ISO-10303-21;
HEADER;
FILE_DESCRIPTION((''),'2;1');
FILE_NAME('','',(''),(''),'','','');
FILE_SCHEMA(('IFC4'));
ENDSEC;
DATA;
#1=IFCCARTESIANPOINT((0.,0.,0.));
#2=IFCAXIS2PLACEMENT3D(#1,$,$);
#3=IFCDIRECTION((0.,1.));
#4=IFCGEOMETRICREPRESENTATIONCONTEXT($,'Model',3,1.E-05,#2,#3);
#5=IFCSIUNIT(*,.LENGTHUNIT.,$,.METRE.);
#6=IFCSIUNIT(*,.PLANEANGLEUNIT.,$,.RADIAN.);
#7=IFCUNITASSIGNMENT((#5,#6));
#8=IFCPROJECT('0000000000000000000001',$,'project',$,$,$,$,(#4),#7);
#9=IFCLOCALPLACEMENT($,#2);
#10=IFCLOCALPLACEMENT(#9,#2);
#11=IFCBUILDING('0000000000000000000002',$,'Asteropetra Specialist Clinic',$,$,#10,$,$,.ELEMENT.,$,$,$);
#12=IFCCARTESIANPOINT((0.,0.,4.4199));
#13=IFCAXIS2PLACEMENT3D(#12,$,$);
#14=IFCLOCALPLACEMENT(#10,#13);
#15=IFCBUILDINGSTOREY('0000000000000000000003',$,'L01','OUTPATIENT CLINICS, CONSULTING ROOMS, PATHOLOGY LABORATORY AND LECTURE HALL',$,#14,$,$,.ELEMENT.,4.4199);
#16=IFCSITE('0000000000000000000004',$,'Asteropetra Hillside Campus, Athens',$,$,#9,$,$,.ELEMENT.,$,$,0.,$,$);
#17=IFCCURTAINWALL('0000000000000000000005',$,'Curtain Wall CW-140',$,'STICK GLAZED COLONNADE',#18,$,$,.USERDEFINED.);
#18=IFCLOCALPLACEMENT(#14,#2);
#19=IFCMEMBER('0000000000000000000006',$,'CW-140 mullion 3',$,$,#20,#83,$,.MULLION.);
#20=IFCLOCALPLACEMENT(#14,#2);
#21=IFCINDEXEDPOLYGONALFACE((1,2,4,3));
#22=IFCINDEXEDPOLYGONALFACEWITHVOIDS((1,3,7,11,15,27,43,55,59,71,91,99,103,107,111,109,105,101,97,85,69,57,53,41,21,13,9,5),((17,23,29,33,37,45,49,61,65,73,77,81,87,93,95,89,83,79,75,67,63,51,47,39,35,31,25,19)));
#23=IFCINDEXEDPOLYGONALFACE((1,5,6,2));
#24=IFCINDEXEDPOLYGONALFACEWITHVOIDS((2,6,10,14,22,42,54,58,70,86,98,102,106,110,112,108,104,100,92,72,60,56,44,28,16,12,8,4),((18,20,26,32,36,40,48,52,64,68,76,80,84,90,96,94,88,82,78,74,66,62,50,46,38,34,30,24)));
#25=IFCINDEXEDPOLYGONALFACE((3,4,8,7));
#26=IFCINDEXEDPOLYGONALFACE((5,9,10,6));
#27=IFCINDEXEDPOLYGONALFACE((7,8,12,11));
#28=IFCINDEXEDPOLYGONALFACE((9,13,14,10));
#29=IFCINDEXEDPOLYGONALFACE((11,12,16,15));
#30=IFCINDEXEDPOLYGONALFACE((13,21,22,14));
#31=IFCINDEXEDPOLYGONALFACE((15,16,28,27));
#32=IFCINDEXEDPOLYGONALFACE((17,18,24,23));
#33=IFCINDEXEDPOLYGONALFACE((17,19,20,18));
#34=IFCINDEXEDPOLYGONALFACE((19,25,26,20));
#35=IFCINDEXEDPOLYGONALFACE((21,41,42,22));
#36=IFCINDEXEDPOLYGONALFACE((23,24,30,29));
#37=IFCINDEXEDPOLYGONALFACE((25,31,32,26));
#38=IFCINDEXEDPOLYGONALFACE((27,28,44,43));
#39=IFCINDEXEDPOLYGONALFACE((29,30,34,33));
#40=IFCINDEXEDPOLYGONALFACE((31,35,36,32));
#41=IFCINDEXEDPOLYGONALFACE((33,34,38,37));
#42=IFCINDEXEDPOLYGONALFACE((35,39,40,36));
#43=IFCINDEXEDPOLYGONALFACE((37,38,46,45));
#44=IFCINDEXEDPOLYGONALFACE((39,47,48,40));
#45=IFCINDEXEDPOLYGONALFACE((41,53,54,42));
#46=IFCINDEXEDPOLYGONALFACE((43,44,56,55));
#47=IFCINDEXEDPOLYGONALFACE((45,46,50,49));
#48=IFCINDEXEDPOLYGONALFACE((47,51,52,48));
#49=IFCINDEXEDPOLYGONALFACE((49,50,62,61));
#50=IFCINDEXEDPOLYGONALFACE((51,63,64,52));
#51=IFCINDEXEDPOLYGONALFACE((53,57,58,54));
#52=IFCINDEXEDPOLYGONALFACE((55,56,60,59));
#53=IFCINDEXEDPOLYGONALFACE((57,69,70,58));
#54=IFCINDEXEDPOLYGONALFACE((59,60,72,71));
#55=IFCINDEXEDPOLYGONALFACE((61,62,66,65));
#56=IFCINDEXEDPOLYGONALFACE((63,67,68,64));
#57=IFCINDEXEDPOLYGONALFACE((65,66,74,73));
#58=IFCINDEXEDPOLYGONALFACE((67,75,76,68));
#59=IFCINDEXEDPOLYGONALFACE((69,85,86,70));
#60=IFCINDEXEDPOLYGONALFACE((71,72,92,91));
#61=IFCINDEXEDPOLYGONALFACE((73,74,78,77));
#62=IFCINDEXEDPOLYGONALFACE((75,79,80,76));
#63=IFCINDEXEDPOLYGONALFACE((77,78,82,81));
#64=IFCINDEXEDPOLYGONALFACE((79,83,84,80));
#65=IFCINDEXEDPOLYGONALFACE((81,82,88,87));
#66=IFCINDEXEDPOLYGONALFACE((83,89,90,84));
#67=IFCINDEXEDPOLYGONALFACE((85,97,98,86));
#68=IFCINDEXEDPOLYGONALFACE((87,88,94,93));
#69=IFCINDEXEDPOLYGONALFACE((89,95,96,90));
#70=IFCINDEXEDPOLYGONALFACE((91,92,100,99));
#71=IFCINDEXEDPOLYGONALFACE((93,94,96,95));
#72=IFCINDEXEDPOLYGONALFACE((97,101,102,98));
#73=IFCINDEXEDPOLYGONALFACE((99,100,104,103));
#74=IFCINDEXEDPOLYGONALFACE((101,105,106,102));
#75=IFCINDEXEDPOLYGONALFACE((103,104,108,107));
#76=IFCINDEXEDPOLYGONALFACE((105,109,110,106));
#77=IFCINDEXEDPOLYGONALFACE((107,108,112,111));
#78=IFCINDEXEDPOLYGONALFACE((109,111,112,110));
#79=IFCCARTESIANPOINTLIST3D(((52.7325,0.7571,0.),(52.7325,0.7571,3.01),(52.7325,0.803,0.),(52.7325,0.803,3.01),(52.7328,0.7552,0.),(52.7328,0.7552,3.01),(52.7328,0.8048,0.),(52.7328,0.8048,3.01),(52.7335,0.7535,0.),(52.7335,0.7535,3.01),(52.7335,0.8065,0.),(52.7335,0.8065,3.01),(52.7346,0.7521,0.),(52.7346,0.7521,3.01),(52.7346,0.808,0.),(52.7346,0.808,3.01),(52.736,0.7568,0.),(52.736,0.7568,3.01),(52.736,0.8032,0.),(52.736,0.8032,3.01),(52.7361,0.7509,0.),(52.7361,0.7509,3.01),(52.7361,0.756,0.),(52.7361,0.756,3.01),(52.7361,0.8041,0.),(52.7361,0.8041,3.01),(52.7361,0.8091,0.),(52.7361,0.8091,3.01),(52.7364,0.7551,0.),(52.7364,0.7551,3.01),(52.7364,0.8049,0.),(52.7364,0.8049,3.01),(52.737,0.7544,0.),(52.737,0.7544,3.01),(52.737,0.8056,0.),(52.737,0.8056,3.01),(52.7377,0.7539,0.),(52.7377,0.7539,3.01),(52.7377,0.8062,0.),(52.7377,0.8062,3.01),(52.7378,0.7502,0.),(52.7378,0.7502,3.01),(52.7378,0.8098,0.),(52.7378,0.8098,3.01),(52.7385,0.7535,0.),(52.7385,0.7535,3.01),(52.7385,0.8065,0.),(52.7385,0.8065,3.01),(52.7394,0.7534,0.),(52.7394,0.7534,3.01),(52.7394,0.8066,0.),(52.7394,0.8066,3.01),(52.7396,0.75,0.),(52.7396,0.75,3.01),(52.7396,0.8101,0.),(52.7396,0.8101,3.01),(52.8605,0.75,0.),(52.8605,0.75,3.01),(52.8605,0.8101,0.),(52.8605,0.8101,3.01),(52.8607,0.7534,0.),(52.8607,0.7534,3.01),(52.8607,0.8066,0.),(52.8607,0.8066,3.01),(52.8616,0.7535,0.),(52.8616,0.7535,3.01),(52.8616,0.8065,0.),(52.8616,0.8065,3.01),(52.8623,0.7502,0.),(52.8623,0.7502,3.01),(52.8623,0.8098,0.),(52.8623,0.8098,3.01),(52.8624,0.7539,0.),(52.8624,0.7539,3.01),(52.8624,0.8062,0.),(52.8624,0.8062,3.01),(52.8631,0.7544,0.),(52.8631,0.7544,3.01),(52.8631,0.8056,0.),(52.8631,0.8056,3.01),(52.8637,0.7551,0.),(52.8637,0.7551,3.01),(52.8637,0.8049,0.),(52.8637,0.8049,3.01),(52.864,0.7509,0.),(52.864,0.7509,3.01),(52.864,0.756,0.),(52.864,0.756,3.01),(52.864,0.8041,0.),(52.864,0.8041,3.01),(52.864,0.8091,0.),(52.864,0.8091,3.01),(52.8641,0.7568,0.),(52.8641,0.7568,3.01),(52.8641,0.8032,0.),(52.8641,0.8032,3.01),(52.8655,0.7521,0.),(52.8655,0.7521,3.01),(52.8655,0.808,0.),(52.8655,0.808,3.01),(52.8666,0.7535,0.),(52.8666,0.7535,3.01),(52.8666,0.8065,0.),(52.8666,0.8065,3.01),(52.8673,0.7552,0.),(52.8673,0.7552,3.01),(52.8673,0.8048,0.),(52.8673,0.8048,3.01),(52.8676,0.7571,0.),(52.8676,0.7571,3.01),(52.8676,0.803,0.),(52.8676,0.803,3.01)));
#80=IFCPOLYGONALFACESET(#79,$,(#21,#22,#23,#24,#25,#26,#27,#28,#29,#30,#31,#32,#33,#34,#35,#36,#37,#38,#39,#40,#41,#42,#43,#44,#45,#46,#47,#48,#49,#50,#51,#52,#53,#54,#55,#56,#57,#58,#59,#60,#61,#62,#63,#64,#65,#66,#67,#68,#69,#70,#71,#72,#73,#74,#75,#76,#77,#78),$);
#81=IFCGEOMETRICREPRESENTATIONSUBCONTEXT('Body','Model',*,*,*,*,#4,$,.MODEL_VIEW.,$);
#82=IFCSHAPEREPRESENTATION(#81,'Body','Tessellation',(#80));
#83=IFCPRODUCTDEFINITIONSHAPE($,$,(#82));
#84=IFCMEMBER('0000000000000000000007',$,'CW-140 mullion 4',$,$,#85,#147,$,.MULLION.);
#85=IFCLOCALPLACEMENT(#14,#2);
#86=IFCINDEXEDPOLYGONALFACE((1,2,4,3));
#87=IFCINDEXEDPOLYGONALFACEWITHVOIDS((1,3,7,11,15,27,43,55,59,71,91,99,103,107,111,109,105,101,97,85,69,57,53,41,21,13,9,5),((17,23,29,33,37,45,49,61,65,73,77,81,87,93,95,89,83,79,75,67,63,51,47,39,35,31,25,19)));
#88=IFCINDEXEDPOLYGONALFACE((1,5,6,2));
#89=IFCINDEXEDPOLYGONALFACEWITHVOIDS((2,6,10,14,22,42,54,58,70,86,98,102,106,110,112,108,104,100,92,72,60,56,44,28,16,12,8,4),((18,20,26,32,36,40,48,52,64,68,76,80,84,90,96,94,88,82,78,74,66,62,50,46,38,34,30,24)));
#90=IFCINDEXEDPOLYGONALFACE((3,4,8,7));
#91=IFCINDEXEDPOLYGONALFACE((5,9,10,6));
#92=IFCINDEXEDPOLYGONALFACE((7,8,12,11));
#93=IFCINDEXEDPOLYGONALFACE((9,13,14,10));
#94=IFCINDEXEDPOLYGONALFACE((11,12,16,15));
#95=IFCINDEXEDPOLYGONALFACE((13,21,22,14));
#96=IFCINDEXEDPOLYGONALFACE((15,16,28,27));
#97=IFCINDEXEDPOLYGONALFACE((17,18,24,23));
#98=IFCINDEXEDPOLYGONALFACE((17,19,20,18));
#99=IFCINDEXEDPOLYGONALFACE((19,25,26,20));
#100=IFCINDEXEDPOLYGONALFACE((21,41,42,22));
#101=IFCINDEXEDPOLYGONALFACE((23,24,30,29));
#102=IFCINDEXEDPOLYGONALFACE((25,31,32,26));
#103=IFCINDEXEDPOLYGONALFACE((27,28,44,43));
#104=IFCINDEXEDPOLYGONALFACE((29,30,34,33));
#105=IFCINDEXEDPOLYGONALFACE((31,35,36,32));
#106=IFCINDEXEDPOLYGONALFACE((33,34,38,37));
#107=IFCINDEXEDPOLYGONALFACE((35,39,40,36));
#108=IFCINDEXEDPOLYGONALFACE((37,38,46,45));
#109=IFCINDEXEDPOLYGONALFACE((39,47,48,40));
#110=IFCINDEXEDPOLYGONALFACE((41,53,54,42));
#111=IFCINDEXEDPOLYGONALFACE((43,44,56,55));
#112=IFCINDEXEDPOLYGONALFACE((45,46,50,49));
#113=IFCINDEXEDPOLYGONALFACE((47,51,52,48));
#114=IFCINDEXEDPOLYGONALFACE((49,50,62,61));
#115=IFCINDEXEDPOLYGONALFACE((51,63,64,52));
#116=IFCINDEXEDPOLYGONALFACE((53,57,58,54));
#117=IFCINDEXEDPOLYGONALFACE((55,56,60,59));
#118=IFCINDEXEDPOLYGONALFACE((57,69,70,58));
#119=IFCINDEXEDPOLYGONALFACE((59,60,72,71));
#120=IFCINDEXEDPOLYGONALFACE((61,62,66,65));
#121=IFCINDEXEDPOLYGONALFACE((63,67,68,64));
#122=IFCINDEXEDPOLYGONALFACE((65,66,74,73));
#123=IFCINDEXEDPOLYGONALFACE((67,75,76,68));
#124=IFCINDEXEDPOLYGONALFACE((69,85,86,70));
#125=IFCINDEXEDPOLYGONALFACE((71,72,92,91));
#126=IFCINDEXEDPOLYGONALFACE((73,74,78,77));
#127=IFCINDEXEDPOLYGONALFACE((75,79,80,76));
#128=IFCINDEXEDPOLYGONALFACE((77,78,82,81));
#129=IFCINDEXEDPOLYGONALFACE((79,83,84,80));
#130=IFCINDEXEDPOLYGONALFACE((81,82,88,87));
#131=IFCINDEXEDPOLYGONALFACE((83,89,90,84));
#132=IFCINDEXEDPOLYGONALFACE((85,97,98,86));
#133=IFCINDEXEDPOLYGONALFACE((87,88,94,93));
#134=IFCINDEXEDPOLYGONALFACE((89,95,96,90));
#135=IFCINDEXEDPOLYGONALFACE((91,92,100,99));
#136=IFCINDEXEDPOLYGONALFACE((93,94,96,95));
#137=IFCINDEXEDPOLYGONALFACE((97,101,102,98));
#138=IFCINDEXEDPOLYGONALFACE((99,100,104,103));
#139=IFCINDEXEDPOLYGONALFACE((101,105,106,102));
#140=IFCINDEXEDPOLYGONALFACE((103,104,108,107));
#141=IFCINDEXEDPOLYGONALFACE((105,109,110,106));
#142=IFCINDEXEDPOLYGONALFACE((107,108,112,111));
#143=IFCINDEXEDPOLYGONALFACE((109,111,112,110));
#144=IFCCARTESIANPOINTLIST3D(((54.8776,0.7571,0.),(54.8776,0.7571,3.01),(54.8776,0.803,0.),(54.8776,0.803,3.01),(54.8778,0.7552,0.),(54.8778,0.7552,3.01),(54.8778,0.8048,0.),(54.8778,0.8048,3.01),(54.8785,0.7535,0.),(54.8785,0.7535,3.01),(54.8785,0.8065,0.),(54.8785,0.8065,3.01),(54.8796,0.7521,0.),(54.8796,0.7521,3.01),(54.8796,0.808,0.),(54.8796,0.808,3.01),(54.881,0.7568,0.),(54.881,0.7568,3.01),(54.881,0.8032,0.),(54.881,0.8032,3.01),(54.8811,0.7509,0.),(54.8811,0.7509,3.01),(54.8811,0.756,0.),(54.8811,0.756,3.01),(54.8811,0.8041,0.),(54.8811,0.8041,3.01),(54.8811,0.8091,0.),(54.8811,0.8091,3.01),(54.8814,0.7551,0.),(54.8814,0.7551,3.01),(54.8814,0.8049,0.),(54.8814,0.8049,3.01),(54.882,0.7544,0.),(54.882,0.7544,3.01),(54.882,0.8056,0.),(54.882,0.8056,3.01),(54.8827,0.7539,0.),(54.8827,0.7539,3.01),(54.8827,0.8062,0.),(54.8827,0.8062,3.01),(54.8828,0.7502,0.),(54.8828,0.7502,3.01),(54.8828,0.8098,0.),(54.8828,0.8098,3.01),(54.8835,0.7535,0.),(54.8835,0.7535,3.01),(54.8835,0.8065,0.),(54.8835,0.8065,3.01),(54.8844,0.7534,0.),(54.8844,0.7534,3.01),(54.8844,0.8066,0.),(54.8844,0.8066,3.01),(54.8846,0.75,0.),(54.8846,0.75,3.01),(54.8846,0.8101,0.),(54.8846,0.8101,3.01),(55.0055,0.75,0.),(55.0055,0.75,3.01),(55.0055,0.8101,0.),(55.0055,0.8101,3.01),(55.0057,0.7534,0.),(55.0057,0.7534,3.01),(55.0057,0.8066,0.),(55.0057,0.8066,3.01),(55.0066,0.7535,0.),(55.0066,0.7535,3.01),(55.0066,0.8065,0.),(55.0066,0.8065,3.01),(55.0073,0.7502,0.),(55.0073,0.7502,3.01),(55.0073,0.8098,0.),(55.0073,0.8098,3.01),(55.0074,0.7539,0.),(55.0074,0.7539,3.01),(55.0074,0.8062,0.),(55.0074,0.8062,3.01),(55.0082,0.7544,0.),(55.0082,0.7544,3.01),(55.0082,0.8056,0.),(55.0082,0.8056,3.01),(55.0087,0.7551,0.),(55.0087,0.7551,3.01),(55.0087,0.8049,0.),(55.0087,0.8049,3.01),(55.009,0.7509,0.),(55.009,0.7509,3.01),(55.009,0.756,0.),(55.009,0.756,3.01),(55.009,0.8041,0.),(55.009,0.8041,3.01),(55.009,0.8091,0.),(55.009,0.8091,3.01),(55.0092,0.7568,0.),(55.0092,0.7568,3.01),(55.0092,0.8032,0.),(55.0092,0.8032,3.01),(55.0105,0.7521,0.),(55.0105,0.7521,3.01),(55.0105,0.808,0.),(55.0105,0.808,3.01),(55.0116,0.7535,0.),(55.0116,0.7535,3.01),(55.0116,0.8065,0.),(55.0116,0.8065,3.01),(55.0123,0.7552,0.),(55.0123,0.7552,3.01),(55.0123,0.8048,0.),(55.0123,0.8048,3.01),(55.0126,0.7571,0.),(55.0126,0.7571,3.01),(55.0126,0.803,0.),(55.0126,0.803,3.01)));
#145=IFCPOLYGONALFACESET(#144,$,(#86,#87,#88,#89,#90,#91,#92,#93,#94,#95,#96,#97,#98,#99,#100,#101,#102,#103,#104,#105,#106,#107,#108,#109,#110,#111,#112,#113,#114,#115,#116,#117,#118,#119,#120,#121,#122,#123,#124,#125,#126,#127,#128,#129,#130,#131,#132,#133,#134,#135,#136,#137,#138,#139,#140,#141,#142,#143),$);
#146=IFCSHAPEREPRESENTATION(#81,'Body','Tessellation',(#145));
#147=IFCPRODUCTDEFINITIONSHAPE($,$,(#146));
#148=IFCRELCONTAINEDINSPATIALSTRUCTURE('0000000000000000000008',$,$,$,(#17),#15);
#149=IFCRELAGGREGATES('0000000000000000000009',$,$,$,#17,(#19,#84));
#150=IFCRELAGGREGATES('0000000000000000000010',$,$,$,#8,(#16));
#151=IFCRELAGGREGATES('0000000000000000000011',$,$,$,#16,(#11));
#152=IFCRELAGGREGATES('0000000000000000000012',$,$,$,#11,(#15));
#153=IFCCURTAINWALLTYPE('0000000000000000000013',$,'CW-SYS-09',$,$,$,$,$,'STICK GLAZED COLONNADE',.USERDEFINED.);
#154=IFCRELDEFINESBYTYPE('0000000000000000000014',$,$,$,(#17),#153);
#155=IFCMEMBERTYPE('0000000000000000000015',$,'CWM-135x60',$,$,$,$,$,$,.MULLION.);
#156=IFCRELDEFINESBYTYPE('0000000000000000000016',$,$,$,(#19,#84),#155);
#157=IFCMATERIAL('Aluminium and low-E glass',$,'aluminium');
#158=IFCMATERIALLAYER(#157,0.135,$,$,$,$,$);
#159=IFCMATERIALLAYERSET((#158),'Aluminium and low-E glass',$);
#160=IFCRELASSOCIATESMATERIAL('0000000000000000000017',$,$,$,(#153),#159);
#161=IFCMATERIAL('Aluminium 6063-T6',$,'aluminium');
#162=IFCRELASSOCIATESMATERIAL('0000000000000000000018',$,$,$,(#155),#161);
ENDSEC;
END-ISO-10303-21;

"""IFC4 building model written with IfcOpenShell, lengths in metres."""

from ifc_helpers import new_model, si_unit, direction, frame, origin, origin_2d, place, context, subcontext, project, spatial, hollow_rectangle, extrude, material, layer, layer_set, material_profile, profile_set, type_object, element, aggregate, save


model = new_model("IFC4")

# Units and contexts
model_context = context("Model", 3, precision=1e-05, world=origin(), true_north=direction((0.0, 1.0)))
body_context = subcontext(model_context, "Body", "Model", "MODEL_VIEW")
ifc_project = project(units=[si_unit("LENGTHUNIT", "METRE"), si_unit("PLANEANGLEUNIT", "RADIAN")], contexts=[model_context])

# Site, building, storey
site_placement = place(None, origin())
site = spatial("IfcSite", under=ifc_project, at=site_placement, Name="Asteropetra Hillside Campus, Athens", CompositionType="ELEMENT", RefElevation=0.0)
building_placement = place(site_placement, origin())
building = spatial("IfcBuilding", under=site, at=building_placement, Name="Asteropetra Specialist Clinic", CompositionType="ELEMENT")
storey_placement = place(building_placement, frame((0.0, 0.0, 4.4199)))
storey = spatial("IfcBuildingStorey", under=building, at=storey_placement, Name="L01", Description="OUTPATIENT CLINICS, CONSULTING ROOMS, PATHOLOGY LABORATORY AND LECTURE HALL", CompositionType="ELEMENT", Elevation=4.4199)

# Curtain wall, members
ifc_material_1 = material(Name="Aluminium and low-E glass", Category="aluminium")
ifc_layer_1 = layer(ifc_material_1, 0.135)
ifc_layer_set_1 = layer_set([ifc_layer_1], Name="Aluminium and low-E glass")
curtain_wall_type = type_object("IfcCurtainWallType", Name="CW-SYS-09", ElementType="STICK GLAZED COLONNADE", PredefinedType="USERDEFINED", material=ifc_layer_set_1)
curtain_wall_placement = place(storey_placement, origin())
curtain_wall = element("IfcCurtainWall", 1, at=curtain_wall_placement, inside=storey, type_object=curtain_wall_type, Name="Curtain Wall CW-140", ObjectType="STICK GLAZED COLONNADE", PredefinedType="USERDEFINED")
ifc_material_2 = material(Name="Aluminium 6063-T6", Category="aluminium")
ifc_material_profile_1 = material_profile(ifc_material_2, hollow_rectangle(XDim=0.0601, YDim=0.135, WallThickness=0.0034, InnerFilletRadius=0.0034, OuterFilletRadius=0.0071, at=origin_2d()), Name="MUL 135x60x3.5")
ifc_profile_set_1 = profile_set([ifc_material_profile_1], Name="Aluminium 6063-T6")
member_type_1 = type_object("IfcMemberType", Name="CWM-135x60", PredefinedType="MULLION", material=ifc_profile_set_1)
member_1_placement = place(storey_placement, frame((52.8, 0.78, 0.0), z_axis=(0.0, 0.0, 1.0), x_axis=(0.0, 1.0, 0.0)))
member_1 = element("IfcMember", 2, at=member_1_placement, type_object=member_type_1, Name="CW-140 mullion 3", PredefinedType="MULLION", context=body_context, shape_type="SweptSolid", body=[
    extrude(hollow_rectangle(XDim=0.0601, YDim=0.135, WallThickness=0.0034, InnerFilletRadius=0.0034, OuterFilletRadius=0.0071, at=origin_2d()), origin(), (0.0, 0.0, 1.0), 3.01),
])
member_2_placement = place(storey_placement, frame((54.9451, 0.78, 0.0), z_axis=(0.0, 0.0, 1.0), x_axis=(0.0, 1.0, 0.0)))
member_2 = element("IfcMember", 3, at=member_2_placement, type_object=member_type_1, Name="CW-140 mullion 4", PredefinedType="MULLION", context=body_context, shape_type="SweptSolid", body=[
    extrude(hollow_rectangle(XDim=0.0601, YDim=0.135, WallThickness=0.0034, InnerFilletRadius=0.0034, OuterFilletRadius=0.0071, at=origin_2d()), origin(), (0.0, 0.0, 1.0), 3.01),
])

aggregate(curtain_wall, [member_1, member_2])

save(model, "model.ifc")
